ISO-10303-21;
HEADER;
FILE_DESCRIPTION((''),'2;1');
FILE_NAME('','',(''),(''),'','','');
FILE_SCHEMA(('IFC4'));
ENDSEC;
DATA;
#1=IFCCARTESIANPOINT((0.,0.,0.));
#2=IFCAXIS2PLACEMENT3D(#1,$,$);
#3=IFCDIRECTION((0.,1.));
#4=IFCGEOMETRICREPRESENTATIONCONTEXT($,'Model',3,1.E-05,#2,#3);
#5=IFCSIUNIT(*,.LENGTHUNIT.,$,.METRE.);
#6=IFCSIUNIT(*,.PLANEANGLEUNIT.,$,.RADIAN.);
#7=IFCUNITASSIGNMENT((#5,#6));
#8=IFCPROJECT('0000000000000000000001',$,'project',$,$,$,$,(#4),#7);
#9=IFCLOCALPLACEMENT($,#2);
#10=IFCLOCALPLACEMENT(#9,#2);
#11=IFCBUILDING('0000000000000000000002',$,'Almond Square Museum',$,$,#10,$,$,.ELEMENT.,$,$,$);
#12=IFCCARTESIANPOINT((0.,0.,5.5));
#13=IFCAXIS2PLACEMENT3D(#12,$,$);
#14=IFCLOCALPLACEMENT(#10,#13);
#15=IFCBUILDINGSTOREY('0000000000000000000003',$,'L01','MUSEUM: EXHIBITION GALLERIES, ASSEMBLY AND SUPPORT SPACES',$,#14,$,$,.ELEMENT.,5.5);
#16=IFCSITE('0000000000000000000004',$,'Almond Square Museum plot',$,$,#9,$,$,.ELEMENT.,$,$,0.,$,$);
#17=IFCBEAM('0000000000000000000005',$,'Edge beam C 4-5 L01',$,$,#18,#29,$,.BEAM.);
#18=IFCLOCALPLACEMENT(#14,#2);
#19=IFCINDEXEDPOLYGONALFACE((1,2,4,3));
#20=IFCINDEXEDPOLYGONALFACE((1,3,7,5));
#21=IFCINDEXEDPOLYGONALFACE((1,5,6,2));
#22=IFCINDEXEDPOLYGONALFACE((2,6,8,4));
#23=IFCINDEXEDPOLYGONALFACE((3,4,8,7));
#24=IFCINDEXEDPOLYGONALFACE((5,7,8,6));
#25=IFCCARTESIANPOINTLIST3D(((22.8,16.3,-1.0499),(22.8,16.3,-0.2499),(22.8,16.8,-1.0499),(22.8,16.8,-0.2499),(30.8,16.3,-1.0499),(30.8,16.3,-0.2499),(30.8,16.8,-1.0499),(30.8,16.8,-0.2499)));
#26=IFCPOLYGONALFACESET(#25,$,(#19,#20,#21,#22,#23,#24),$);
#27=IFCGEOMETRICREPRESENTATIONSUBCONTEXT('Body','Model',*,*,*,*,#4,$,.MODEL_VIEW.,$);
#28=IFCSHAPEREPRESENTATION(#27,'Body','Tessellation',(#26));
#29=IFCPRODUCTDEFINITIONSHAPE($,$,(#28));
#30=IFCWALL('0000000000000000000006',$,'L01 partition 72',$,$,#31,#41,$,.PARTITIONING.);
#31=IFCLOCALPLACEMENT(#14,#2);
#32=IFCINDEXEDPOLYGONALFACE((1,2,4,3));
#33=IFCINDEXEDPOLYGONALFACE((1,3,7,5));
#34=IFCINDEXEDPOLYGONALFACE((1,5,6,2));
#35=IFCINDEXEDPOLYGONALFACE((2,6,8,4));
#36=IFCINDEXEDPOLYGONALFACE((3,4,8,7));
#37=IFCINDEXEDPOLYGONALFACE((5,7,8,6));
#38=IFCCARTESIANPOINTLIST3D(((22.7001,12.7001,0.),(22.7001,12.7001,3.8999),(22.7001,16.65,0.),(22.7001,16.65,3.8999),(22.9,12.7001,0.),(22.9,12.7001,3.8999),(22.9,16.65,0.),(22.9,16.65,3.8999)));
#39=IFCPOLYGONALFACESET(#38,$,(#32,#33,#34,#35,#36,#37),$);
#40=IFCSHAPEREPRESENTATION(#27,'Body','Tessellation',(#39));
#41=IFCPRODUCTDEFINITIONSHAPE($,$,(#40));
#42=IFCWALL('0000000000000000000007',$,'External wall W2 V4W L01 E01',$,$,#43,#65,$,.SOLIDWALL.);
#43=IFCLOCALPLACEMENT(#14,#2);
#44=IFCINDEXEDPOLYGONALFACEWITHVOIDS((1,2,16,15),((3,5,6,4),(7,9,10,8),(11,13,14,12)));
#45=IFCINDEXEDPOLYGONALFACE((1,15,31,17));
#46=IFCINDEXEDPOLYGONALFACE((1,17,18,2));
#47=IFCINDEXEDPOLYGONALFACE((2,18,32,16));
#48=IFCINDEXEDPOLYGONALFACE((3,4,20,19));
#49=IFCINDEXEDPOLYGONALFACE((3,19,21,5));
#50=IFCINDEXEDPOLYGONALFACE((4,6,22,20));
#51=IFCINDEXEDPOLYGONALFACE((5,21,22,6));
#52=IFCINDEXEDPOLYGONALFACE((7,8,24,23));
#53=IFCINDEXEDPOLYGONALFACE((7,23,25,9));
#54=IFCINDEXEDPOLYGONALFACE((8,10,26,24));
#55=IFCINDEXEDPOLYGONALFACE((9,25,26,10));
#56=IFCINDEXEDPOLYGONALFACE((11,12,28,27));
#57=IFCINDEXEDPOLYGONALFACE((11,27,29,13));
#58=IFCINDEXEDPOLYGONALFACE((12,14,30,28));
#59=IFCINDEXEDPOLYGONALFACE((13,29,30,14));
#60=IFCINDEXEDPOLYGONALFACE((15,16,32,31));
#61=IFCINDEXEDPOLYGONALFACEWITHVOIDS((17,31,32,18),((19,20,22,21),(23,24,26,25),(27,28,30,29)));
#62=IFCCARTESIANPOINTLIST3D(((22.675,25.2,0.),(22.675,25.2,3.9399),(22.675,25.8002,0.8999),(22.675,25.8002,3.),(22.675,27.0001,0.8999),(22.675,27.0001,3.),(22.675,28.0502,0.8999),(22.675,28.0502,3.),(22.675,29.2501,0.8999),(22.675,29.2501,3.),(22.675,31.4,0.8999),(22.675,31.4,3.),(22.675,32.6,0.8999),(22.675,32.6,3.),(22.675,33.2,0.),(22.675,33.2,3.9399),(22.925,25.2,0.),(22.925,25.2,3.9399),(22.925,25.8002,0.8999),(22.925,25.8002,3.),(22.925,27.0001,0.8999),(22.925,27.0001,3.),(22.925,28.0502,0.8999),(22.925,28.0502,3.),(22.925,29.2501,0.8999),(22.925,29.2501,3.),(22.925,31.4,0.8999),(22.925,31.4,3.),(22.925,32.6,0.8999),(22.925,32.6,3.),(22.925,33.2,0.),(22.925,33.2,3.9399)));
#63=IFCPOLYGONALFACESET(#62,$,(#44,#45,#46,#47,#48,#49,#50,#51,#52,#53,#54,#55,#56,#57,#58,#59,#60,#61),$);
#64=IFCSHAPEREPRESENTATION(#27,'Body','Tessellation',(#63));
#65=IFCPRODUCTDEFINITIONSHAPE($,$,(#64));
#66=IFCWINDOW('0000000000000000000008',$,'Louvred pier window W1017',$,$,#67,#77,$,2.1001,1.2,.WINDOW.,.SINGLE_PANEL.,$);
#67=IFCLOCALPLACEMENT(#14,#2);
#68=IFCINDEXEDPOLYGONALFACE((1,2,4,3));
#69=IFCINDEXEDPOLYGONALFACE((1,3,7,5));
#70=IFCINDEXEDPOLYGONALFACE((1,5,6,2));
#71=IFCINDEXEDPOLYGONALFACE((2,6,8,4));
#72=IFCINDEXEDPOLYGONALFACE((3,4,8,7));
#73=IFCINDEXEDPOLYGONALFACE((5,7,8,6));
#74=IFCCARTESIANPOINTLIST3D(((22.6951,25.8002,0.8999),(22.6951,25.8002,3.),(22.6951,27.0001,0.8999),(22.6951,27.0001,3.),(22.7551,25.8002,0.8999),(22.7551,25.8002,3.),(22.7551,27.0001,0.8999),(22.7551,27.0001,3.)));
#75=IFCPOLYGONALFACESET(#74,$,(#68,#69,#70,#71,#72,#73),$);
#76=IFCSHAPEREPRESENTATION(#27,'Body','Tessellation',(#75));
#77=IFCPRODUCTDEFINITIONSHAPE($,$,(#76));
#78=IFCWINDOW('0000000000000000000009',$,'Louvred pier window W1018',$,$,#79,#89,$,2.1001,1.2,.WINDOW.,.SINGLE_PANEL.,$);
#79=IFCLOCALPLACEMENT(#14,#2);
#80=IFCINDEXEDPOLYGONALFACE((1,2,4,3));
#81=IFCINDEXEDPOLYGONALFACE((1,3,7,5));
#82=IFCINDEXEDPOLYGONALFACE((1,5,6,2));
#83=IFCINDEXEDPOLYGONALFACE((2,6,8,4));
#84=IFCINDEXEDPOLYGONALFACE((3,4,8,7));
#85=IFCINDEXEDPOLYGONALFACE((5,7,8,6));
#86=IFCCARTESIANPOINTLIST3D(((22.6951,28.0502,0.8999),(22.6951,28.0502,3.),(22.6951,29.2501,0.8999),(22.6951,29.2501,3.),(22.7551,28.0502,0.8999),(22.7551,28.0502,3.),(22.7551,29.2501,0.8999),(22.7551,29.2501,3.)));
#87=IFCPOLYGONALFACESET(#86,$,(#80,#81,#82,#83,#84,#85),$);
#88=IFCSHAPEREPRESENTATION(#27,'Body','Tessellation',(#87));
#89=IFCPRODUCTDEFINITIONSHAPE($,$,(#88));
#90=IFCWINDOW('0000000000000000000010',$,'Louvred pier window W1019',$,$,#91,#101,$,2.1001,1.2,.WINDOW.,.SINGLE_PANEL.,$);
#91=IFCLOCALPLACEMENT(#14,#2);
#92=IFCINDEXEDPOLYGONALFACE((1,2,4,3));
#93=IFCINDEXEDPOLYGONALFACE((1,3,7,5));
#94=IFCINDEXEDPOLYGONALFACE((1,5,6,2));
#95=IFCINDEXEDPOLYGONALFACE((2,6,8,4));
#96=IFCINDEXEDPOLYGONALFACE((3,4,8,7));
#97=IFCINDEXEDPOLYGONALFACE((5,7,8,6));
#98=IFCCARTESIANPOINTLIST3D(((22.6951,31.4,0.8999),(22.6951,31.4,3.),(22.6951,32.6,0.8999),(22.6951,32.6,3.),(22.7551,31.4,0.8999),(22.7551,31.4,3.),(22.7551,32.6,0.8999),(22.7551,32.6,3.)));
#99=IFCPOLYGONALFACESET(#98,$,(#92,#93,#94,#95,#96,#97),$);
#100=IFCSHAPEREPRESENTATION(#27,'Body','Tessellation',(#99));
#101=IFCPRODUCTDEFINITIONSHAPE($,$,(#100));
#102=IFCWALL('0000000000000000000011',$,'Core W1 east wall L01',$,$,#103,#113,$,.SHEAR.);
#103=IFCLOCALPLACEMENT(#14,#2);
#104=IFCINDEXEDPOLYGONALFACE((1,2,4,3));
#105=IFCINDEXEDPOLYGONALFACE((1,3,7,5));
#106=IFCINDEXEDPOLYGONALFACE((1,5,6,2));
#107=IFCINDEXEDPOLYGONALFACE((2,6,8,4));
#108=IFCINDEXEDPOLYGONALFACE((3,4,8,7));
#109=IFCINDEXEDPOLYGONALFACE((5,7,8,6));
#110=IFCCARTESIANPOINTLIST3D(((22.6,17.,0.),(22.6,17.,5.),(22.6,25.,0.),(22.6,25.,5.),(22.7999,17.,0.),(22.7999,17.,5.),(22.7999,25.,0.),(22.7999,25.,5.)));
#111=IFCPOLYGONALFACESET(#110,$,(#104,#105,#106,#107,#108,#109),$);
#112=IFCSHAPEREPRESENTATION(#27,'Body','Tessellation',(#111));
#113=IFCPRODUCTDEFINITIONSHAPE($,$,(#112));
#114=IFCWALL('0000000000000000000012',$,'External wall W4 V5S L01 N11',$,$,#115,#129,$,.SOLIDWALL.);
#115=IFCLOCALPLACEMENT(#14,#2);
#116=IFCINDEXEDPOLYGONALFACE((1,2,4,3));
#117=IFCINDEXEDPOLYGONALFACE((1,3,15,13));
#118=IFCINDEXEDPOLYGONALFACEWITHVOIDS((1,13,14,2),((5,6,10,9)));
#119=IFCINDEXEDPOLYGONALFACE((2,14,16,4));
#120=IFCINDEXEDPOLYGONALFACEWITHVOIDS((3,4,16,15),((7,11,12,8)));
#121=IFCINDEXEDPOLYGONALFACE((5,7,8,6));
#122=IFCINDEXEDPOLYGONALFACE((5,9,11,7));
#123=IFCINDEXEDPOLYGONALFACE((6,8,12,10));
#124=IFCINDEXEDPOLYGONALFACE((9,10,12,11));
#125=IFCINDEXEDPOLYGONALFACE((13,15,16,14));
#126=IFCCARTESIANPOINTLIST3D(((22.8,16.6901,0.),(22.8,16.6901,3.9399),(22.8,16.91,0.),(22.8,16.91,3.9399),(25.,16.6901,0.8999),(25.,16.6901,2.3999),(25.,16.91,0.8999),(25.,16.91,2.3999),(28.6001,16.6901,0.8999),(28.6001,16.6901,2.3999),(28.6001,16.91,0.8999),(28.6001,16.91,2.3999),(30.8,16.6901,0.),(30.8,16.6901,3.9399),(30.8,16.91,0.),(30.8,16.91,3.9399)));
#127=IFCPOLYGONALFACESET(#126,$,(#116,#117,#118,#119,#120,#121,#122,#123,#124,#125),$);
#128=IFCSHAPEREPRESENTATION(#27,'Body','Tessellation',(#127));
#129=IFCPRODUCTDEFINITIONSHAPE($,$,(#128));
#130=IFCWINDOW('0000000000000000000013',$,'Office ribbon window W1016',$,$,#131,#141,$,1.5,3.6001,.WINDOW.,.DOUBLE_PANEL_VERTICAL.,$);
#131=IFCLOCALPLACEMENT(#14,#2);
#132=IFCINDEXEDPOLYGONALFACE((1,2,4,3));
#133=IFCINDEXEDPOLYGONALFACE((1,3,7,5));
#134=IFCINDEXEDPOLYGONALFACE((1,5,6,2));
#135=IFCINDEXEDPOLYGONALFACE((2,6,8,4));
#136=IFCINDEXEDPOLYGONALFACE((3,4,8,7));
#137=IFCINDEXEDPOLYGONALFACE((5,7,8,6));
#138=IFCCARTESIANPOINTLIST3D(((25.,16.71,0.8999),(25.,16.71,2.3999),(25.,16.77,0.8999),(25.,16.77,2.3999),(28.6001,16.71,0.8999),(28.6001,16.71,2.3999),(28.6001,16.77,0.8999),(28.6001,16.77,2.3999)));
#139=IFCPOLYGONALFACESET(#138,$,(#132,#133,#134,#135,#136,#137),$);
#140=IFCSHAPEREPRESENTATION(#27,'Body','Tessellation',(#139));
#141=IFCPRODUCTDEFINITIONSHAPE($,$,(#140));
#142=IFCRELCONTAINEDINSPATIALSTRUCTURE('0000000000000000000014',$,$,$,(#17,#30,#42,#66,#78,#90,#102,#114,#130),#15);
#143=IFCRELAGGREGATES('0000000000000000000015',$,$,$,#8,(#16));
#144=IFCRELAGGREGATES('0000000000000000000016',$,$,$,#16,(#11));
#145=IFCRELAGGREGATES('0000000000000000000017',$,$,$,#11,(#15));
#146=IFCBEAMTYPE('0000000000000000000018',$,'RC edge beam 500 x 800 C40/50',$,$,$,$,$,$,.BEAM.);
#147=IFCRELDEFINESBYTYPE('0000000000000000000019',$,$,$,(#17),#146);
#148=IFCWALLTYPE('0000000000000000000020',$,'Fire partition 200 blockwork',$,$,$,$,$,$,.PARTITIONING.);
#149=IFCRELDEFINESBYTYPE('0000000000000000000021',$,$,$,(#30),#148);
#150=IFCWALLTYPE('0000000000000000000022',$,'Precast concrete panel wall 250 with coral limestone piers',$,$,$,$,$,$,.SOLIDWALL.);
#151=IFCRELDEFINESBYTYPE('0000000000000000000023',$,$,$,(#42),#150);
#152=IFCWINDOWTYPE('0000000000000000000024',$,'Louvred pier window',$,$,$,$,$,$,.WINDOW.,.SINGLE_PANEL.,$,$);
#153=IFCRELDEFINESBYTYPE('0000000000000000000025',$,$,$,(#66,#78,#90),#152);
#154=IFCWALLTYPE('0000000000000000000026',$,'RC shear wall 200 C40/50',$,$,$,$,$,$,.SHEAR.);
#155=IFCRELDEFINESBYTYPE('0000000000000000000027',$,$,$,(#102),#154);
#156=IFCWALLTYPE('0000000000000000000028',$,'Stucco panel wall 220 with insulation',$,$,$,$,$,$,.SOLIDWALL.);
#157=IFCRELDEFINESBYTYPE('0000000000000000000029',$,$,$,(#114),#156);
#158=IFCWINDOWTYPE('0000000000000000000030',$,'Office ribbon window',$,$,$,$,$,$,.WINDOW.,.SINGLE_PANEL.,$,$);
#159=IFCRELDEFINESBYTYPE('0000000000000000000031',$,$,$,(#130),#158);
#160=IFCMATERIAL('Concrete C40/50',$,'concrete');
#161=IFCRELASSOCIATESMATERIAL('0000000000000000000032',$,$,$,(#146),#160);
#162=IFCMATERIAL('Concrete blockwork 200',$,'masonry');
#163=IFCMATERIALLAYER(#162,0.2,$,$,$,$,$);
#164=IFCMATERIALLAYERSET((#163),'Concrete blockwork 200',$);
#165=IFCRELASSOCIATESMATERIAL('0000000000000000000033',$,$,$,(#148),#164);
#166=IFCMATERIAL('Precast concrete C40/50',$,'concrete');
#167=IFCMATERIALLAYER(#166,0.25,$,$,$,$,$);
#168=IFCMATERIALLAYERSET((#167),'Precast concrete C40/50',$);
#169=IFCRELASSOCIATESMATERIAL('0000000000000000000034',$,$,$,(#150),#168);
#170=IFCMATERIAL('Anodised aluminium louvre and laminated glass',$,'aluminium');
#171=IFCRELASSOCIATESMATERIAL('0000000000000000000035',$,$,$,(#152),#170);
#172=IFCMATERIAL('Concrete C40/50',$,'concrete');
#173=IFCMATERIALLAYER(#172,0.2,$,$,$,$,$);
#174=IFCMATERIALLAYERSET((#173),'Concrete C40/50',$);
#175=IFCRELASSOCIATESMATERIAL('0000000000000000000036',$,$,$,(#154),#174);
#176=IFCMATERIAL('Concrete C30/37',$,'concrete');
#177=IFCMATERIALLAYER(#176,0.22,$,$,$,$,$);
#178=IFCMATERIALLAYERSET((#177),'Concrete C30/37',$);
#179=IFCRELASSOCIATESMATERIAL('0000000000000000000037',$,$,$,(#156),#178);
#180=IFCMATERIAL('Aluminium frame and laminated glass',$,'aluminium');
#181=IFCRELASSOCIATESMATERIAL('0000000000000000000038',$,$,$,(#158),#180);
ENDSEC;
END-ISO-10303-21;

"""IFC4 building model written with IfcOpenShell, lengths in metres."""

from ifc_helpers import new_model, si_unit, direction, frame, frame_2d, origin, origin_2d, place, context, subcontext, project, spatial, rectangle, extrude, material, layer, layer_set, material_profile, profile_set, type_object, element, fill, save


model = new_model("IFC4")

# Units and contexts
model_context = context("Model", 3, precision=1e-05, world=origin(), true_north=direction((0.0, 1.0)))
body_context = subcontext(model_context, "Body", "Model", "MODEL_VIEW")
ifc_project = project(units=[si_unit("LENGTHUNIT", "METRE"), si_unit("PLANEANGLEUNIT", "RADIAN")], contexts=[model_context])

# Site, building, storey
site_placement = place(None, origin())
site = spatial("IfcSite", under=ifc_project, at=site_placement, Name="Almond Square Museum plot", CompositionType="ELEMENT", RefElevation=0.0)
building_placement = place(site_placement, origin())
building = spatial("IfcBuilding", under=site, at=building_placement, Name="Almond Square Museum", CompositionType="ELEMENT")
storey_placement = place(building_placement, frame((0.0, 0.0, 5.5)))
storey = spatial("IfcBuildingStorey", under=building, at=storey_placement, Name="L01", Description="MUSEUM: EXHIBITION GALLERIES, ASSEMBLY AND SUPPORT SPACES", CompositionType="ELEMENT", Elevation=5.5)

# Beam
ifc_material_1 = material(Name="Concrete C40/50", Category="concrete")
ifc_material_profile_1 = material_profile(ifc_material_1, rectangle(XDim=0.5, YDim=0.8, at=origin_2d()))
ifc_profile_set_1 = profile_set([ifc_material_profile_1], Name="Concrete C40/50")
beam_type = type_object("IfcBeamType", Name="RC edge beam 500 x 800 C40/50", PredefinedType="BEAM", material=ifc_profile_set_1)
beam_placement = place(storey_placement, frame((22.8, 16.55, -0.6499), z_axis=(1.0, 0.0, 0.0), x_axis=(0.0, 1.0, 0.0)))
element("IfcBeam", 1, at=beam_placement, inside=storey, type_object=beam_type, Name="Edge beam C 4-5 L01", PredefinedType="BEAM", context=body_context, shape_type="SweptSolid", body=[
    extrude(rectangle(XDim=0.5, YDim=0.8, at=origin_2d()), origin(), (0.0, 0.0, 1.0), 8.0),
])

# Wall
ifc_material_2 = material(Name="Concrete blockwork 200", Category="masonry")
ifc_layer_1 = layer(ifc_material_2, 0.2)
ifc_layer_set_1 = layer_set([ifc_layer_1], Name="Concrete blockwork 200")
wall_type_1 = type_object("IfcWallType", Name="Fire partition 200 blockwork", PredefinedType="PARTITIONING", material=ifc_layer_set_1)
wall_1_placement = place(storey_placement, frame((22.8, 12.7, 0.0), z_axis=(0.0, 0.0, 1.0), x_axis=(0.0, 1.0, 0.0)))
element("IfcWall", 2, at=wall_1_placement, inside=storey, type_object=wall_type_1, Name="L01 partition 72", PredefinedType="PARTITIONING", context=body_context, shape_type="SweptSolid", body=[
    extrude(rectangle(XDim=3.95, YDim=0.2, at=frame_2d((1.9751, 0.0))), origin(), (0.0, 0.0, 1.0), 3.8999),
])

# Wall, openings, windows
ifc_material_3 = material(Name="Precast concrete C40/50", Category="concrete")
ifc_layer_2 = layer(ifc_material_3, 0.25)
ifc_layer_set_2 = layer_set([ifc_layer_2], Name="Precast concrete C40/50")
wall_type_2 = type_object("IfcWallType", Name="Precast concrete panel wall 250 with coral limestone piers", PredefinedType="SOLIDWALL", material=ifc_layer_set_2)
wall_2_placement = place(storey_placement, frame((22.8, 25.2, 0.0), z_axis=(0.0, 0.0, 1.0), x_axis=(0.0, 1.0, 0.0)))
wall_2 = element("IfcWall", 3, at=wall_2_placement, inside=storey, type_object=wall_type_2, Name="External wall W2 V4W L01 E01", PredefinedType="SOLIDWALL", context=body_context, shape_type="SweptSolid", body=[
    extrude(rectangle(XDim=8.0, YDim=0.25, at=frame_2d((4.0, 0.0))), origin(), (0.0, 0.0, 1.0), 3.9399),
])
opening_1_placement = place(wall_2_placement, frame((0.6001, 0.0, 0.8999)))
opening_1 = element("IfcOpeningElement", 4, at=opening_1_placement, cuts=wall_2, PredefinedType="OPENING", context=body_context, shape_type="SweptSolid", body=[
    extrude(rectangle(XDim=1.2, YDim=2.1001, at=frame_2d((0.6001, 1.05))), frame((0.0, 0.135, 0.0), z_axis=(0.0, -1.0, 0.0), x_axis=(1.0, 0.0, 0.0)), (0.0, 0.0, 1.0), 0.27),
])
opening_2_placement = place(wall_2_placement, frame((2.8501, 0.0, 0.8999)))
opening_2 = element("IfcOpeningElement", 5, at=opening_2_placement, cuts=wall_2, PredefinedType="OPENING", context=body_context, shape_type="SweptSolid", body=[
    extrude(rectangle(XDim=1.2, YDim=2.1001, at=frame_2d((0.6001, 1.05))), frame((0.0, 0.135, 0.0), z_axis=(0.0, -1.0, 0.0), x_axis=(1.0, 0.0, 0.0)), (0.0, 0.0, 1.0), 0.27),
])
opening_3_placement = place(wall_2_placement, frame((6.2, 0.0, 0.8999)))
opening_3 = element("IfcOpeningElement", 6, at=opening_3_placement, cuts=wall_2, PredefinedType="OPENING", context=body_context, shape_type="SweptSolid", body=[
    extrude(rectangle(XDim=1.2, YDim=2.1001, at=frame_2d((0.6001, 1.05))), frame((0.0, 0.135, 0.0), z_axis=(0.0, -1.0, 0.0), x_axis=(1.0, 0.0, 0.0)), (0.0, 0.0, 1.0), 0.27),
])
ifc_material_4 = material(Name="Anodised aluminium louvre and laminated glass", Category="aluminium")
window_type_1 = type_object("IfcWindowType", Name="Louvred pier window", PartitioningType="SINGLE_PANEL", PredefinedType="WINDOW", material=ifc_material_4)
window_1_placement = place(opening_1_placement, origin())
window_1 = element("IfcWindow", 7, at=window_1_placement, inside=storey, type_object=window_type_1, Name="Louvred pier window W1017", OverallHeight=2.1001, OverallWidth=1.2, PartitioningType="SINGLE_PANEL", PredefinedType="WINDOW", context=body_context, shape_type="SweptSolid", body=[
    extrude(rectangle(XDim=1.2, YDim=2.1001, at=frame_2d((0.6001, 1.05))), frame((0.0, 0.105, 0.0), z_axis=(0.0, -1.0, 0.0), x_axis=(1.0, 0.0, 0.0)), (0.0, 0.0, 1.0), 0.0601),
])
fill(opening_1, window_1)
window_2_placement = place(opening_2_placement, origin())
window_2 = element("IfcWindow", 8, at=window_2_placement, inside=storey, type_object=window_type_1, Name="Louvred pier window W1018", OverallHeight=2.1001, OverallWidth=1.2, PartitioningType="SINGLE_PANEL", PredefinedType="WINDOW", context=body_context, shape_type="SweptSolid", body=[
    extrude(rectangle(XDim=1.2, YDim=2.1001, at=frame_2d((0.6001, 1.05))), frame((0.0, 0.105, 0.0), z_axis=(0.0, -1.0, 0.0), x_axis=(1.0, 0.0, 0.0)), (0.0, 0.0, 1.0), 0.0601),
])
fill(opening_2, window_2)
window_3_placement = place(opening_3_placement, origin())
window_3 = element("IfcWindow", 9, at=window_3_placement, inside=storey, type_object=window_type_1, Name="Louvred pier window W1019", OverallHeight=2.1001, OverallWidth=1.2, PartitioningType="SINGLE_PANEL", PredefinedType="WINDOW", context=body_context, shape_type="SweptSolid", body=[
    extrude(rectangle(XDim=1.2, YDim=2.1001, at=frame_2d((0.6001, 1.05))), frame((0.0, 0.105, 0.0), z_axis=(0.0, -1.0, 0.0), x_axis=(1.0, 0.0, 0.0)), (0.0, 0.0, 1.0), 0.0601),
])
fill(opening_3, window_3)

# Wall
ifc_material_5 = material(Name="Concrete C40/50", Category="concrete")
ifc_layer_3 = layer(ifc_material_5, 0.2)
ifc_layer_set_3 = layer_set([ifc_layer_3], Name="Concrete C40/50")
wall_type_3 = type_object("IfcWallType", Name="RC shear wall 200 C40/50", PredefinedType="SHEAR", material=ifc_layer_set_3)
wall_3_placement = place(storey_placement, frame((22.7, 17.0, 0.0), z_axis=(0.0, 0.0, 1.0), x_axis=(0.0, 1.0, 0.0)))
element("IfcWall", 10, at=wall_3_placement, inside=storey, type_object=wall_type_3, Name="Core W1 east wall L01", PredefinedType="SHEAR", context=body_context, shape_type="SweptSolid", body=[
    extrude(rectangle(XDim=8.0, YDim=0.2, at=frame_2d((4.0, 0.0))), origin(), (0.0, 0.0, 1.0), 5.0),
])

# Wall, opening, window
ifc_material_6 = material(Name="Concrete C30/37", Category="concrete")
ifc_layer_4 = layer(ifc_material_6, 0.22)
ifc_layer_set_4 = layer_set([ifc_layer_4], Name="Concrete C30/37")
wall_type_4 = type_object("IfcWallType", Name="Stucco panel wall 220 with insulation", PredefinedType="SOLIDWALL", material=ifc_layer_set_4)
wall_4_placement = place(storey_placement, frame((22.8, 16.8, 0.0), z_axis=(0.0, 0.0, 1.0), x_axis=(1.0, 0.0, 0.0)))
wall_4 = element("IfcWall", 11, at=wall_4_placement, inside=storey, type_object=wall_type_4, Name="External wall W4 V5S L01 N11", PredefinedType="SOLIDWALL", context=body_context, shape_type="SweptSolid", body=[
    extrude(rectangle(XDim=8.0, YDim=0.22, at=frame_2d((4.0, 0.0))), origin(), (0.0, 0.0, 1.0), 3.9399),
])
opening_4_placement = place(wall_4_placement, frame((2.2, 0.0, 0.8999)))
opening_4 = element("IfcOpeningElement", 12, at=opening_4_placement, cuts=wall_4, PredefinedType="OPENING", context=body_context, shape_type="SweptSolid", body=[
    extrude(rectangle(XDim=3.6001, YDim=1.5, at=frame_2d((1.8, 0.75))), frame((0.0, 0.1199, 0.0), z_axis=(0.0, -1.0, 0.0), x_axis=(1.0, 0.0, 0.0)), (0.0, 0.0, 1.0), 0.24),
])
ifc_material_7 = material(Name="Aluminium frame and laminated glass", Category="aluminium")
window_type_2 = type_object("IfcWindowType", Name="Office ribbon window", PartitioningType="SINGLE_PANEL", PredefinedType="WINDOW", material=ifc_material_7)
window_4_placement = place(opening_4_placement, origin())
window_4 = element("IfcWindow", 13, at=window_4_placement, inside=storey, type_object=window_type_2, Name="Office ribbon window W1016", OverallHeight=1.5, OverallWidth=3.6001, PartitioningType="DOUBLE_PANEL_VERTICAL", PredefinedType="WINDOW", context=body_context, shape_type="SweptSolid", body=[
    extrude(rectangle(XDim=3.6001, YDim=1.5, at=frame_2d((1.8, 0.75))), frame((0.0, -0.03, 0.0), z_axis=(0.0, -1.0, 0.0), x_axis=(1.0, 0.0, 0.0)), (0.0, 0.0, 1.0), 0.0601),
])
fill(opening_4, window_4)

save(model, "model.ifc")
